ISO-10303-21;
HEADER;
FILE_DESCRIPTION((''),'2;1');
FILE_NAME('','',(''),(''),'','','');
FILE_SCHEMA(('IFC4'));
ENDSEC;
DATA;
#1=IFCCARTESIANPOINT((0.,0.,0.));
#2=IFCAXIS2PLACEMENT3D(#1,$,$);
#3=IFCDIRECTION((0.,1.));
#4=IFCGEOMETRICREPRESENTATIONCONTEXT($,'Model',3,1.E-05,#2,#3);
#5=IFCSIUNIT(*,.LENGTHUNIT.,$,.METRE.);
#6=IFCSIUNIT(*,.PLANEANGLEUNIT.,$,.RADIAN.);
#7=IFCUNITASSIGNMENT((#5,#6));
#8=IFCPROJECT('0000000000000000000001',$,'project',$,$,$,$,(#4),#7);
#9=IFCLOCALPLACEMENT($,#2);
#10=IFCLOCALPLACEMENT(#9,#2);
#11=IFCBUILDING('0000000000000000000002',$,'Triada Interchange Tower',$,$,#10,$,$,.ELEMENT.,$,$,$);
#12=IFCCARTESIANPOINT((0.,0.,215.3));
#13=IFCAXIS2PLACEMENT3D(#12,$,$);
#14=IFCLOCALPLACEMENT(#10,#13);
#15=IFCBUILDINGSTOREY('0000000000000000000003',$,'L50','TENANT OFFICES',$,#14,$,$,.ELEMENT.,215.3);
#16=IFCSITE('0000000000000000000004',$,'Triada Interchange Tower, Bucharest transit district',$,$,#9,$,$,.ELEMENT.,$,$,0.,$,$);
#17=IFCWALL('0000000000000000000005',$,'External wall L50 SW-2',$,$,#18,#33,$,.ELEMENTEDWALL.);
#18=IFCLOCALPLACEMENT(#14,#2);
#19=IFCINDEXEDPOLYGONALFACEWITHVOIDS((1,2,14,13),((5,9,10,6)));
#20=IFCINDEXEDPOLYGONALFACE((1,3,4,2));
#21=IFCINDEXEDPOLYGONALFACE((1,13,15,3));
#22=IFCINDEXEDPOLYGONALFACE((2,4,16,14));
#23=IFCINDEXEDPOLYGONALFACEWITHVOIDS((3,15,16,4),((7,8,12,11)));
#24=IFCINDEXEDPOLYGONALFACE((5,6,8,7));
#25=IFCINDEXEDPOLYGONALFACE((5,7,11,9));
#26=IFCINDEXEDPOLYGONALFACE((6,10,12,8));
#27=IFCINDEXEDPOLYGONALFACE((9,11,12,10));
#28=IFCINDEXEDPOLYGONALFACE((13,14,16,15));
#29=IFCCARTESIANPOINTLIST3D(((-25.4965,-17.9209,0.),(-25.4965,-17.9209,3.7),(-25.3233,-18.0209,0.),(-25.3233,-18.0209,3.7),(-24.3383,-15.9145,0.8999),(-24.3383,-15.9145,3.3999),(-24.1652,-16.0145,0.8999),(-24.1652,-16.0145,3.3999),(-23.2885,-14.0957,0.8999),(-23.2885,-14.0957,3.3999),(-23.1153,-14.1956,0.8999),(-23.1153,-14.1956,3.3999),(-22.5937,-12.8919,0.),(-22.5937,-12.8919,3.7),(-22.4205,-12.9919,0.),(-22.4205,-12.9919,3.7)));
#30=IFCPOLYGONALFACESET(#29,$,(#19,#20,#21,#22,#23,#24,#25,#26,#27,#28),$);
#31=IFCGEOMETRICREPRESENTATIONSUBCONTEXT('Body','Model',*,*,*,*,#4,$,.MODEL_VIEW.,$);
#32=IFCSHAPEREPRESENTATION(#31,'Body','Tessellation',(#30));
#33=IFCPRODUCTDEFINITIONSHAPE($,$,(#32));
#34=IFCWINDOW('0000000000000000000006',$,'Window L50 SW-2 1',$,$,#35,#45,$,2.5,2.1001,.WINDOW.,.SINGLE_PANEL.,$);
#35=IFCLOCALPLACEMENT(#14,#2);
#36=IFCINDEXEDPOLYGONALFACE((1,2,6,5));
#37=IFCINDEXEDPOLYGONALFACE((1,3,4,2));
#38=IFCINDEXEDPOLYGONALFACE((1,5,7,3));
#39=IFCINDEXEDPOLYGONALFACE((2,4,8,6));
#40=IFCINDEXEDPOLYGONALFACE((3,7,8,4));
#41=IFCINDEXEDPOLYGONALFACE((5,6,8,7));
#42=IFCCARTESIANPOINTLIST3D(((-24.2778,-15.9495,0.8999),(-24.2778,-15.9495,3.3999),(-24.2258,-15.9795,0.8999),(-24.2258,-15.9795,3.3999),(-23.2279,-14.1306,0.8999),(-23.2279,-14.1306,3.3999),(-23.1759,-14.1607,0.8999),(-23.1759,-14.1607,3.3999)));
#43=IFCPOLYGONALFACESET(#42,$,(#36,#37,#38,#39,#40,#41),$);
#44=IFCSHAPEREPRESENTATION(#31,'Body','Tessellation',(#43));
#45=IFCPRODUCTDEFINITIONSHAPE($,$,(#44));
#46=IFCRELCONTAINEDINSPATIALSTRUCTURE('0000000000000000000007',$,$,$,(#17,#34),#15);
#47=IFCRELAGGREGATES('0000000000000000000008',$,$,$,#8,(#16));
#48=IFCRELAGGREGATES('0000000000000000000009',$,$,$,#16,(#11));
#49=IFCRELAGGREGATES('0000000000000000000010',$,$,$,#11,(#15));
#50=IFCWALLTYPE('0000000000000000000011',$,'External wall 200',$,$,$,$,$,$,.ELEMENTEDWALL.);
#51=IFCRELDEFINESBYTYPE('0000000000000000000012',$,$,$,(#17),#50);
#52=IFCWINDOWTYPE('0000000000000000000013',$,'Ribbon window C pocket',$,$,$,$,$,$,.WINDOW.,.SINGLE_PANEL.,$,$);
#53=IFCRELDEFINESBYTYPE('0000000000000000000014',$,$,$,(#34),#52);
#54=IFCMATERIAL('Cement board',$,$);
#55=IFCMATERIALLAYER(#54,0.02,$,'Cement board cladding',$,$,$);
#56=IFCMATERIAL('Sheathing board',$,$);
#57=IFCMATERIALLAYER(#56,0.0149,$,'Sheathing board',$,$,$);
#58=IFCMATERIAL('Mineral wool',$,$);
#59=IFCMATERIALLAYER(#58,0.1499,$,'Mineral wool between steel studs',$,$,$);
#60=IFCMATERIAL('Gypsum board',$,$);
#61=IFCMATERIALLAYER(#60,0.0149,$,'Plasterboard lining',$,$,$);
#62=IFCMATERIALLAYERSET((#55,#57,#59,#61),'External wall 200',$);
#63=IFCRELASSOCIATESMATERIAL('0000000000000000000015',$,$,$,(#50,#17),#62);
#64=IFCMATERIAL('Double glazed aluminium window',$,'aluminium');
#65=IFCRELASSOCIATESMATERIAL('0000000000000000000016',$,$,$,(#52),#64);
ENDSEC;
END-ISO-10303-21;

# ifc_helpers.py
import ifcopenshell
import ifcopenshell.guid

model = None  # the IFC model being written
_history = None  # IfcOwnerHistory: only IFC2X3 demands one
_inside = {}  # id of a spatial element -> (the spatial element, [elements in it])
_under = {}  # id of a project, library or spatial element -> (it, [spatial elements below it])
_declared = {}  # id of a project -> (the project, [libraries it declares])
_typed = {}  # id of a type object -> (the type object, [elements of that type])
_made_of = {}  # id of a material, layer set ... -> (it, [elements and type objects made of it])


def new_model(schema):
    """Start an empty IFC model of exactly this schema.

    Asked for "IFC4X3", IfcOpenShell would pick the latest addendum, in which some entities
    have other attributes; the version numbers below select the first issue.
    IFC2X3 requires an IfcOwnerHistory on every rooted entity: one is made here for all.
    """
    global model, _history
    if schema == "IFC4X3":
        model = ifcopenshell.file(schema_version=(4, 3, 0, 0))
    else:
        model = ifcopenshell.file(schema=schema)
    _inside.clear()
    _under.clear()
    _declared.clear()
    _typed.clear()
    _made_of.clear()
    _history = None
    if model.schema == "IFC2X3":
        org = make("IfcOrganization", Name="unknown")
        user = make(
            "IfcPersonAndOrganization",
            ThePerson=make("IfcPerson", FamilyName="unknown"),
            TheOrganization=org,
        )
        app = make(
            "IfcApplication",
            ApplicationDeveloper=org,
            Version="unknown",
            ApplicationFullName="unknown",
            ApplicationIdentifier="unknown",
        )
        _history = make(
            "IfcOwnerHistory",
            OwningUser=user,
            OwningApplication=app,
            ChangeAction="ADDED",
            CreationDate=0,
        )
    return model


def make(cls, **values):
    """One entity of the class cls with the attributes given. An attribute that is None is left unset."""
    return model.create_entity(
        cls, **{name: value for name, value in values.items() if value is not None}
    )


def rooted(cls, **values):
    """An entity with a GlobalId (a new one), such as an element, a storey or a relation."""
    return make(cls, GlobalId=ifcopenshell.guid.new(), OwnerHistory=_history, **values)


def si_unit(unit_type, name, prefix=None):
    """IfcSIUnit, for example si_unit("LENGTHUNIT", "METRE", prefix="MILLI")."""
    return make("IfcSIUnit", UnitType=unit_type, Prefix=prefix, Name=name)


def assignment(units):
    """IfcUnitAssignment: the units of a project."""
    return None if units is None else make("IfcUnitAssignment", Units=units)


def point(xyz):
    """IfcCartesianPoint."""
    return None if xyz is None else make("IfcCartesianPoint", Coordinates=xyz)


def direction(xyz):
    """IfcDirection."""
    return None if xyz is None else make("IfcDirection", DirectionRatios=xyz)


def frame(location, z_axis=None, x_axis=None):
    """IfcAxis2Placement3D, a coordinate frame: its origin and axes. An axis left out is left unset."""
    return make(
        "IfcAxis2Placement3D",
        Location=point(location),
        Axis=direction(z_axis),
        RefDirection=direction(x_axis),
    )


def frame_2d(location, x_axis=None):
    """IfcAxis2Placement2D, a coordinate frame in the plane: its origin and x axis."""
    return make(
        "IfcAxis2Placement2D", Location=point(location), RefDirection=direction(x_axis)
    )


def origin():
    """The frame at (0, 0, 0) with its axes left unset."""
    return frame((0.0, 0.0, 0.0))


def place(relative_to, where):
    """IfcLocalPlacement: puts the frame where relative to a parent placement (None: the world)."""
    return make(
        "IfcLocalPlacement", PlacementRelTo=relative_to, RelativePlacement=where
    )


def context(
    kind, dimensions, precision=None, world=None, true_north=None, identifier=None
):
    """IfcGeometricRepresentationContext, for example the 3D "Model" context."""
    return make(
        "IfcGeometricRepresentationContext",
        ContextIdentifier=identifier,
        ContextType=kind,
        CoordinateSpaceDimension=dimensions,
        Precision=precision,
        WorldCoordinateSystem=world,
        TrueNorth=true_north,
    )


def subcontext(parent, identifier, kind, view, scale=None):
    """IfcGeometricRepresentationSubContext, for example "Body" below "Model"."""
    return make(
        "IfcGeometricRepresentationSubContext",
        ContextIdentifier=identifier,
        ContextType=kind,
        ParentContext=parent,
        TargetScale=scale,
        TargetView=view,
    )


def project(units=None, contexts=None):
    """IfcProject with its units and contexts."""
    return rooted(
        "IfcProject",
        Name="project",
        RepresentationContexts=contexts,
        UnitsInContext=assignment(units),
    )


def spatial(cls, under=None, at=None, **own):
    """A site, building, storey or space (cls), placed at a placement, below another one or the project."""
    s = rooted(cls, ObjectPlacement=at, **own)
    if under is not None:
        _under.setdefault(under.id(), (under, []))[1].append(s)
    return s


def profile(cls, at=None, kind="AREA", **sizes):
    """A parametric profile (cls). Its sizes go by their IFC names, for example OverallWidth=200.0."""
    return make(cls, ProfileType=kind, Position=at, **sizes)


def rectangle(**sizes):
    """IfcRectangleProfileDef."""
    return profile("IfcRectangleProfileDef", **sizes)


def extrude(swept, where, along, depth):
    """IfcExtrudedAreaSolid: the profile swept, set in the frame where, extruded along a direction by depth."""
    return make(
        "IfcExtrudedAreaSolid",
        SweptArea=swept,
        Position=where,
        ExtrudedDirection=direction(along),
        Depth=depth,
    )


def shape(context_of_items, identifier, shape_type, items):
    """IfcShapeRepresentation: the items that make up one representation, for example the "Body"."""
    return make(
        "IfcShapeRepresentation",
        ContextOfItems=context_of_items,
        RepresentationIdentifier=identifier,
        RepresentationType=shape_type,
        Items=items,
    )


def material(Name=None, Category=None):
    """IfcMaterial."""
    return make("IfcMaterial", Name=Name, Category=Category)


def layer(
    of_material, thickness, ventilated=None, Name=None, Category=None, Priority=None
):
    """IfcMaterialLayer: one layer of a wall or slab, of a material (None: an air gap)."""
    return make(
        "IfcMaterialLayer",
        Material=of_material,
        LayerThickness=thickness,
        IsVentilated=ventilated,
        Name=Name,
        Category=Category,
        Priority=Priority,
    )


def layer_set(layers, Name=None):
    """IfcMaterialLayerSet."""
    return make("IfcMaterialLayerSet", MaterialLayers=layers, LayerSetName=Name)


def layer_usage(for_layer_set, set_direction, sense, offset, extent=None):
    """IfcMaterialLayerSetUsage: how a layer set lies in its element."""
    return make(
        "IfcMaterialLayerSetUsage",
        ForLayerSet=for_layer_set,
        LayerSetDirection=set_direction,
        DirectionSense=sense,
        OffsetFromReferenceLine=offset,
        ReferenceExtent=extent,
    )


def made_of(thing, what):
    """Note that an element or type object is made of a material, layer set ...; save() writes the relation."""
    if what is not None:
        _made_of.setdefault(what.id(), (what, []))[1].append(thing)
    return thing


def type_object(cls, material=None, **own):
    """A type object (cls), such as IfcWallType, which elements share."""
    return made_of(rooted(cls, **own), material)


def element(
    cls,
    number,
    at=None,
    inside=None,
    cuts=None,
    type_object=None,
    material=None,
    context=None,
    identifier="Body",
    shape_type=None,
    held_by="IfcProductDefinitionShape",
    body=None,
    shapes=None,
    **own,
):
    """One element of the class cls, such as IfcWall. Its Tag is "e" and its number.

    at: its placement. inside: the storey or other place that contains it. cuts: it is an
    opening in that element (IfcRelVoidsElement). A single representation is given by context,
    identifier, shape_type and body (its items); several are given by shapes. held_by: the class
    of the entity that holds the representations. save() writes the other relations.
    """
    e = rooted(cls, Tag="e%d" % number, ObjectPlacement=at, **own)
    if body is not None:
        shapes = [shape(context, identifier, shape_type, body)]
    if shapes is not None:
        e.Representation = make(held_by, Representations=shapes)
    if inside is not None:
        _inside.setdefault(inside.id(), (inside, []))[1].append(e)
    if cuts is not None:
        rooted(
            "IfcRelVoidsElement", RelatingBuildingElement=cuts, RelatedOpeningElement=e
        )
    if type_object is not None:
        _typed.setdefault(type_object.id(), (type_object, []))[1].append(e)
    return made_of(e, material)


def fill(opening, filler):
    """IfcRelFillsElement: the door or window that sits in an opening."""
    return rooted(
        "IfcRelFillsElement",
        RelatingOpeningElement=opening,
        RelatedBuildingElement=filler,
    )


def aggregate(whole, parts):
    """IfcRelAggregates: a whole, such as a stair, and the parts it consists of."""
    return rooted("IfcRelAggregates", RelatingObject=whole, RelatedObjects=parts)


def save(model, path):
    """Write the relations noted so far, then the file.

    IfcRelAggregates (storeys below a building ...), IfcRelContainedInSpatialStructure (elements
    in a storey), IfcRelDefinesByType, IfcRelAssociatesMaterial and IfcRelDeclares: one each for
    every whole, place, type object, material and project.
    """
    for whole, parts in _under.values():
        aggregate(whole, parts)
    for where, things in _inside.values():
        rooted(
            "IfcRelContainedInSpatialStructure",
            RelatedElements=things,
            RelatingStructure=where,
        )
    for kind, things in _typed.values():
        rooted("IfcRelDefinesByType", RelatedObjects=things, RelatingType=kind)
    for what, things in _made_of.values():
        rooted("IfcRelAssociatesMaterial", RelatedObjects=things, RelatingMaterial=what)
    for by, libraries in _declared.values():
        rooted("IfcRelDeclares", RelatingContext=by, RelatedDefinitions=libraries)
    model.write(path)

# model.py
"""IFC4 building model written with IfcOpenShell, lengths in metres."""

from ifc_helpers import new_model, si_unit, direction, frame, frame_2d, origin, place, context, subcontext, project, spatial, rectangle, extrude, material, layer, layer_set, layer_usage, type_object, element, fill, save


model = new_model("IFC4")

# Units and contexts
model_context = context("Model", 3, precision=1e-05, world=origin(), true_north=direction((0.0, 1.0)))
body_context = subcontext(model_context, "Body", "Model", "MODEL_VIEW")
ifc_project = project(units=[si_unit("LENGTHUNIT", "METRE"), si_unit("PLANEANGLEUNIT", "RADIAN")], contexts=[model_context])

# Site, building, storey
site_placement = place(None, origin())
site = spatial("IfcSite", under=ifc_project, at=site_placement, Name="Triada Interchange Tower, Bucharest transit district", CompositionType="ELEMENT", RefElevation=0.0)
building_placement = place(site_placement, origin())
building = spatial("IfcBuilding", under=site, at=building_placement, Name="Triada Interchange Tower", CompositionType="ELEMENT")
storey_placement = place(building_placement, frame((0.0, 0.0, 215.3)))
storey = spatial("IfcBuildingStorey", under=building, at=storey_placement, Name="L50", Description="TENANT OFFICES", CompositionType="ELEMENT", Elevation=215.3)

# Wall, opening, window
ifc_material_1 = material(Name="Cement board")
ifc_layer_1 = layer(ifc_material_1, 0.02, Name="Cement board cladding")
ifc_material_2 = material(Name="Sheathing board")
ifc_layer_2 = layer(ifc_material_2, 0.0149, Name="Sheathing board")
ifc_material_3 = material(Name="Mineral wool")
ifc_layer_3 = layer(ifc_material_3, 0.1499, Name="Mineral wool between steel studs")
ifc_material_4 = material(Name="Gypsum board")
ifc_layer_4 = layer(ifc_material_4, 0.0149, Name="Plasterboard lining")
ifc_layer_set_1 = layer_set([ifc_layer_1, ifc_layer_2, ifc_layer_3, ifc_layer_4], Name="External wall 200")
ifc_layer_usage = layer_usage(ifc_layer_set_1, "AXIS2", "POSITIVE", -0.1001)
wall_type_1 = type_object("IfcWallType", Name="External wall 200", PredefinedType="ELEMENTEDWALL", material=ifc_layer_set_1)
ifc_material_5 = material(Name="Double glazed aluminium window", Category="aluminium")
window_type_1 = type_object("IfcWindowType", Name="Ribbon window C pocket", PartitioningType="SINGLE_PANEL", PredefinedType="WINDOW", material=ifc_material_5)
wall_1_placement = place(storey_placement, frame((-22.5071, -12.9419, 0.0), z_axis=(0.0, 0.0, 1.0), x_axis=(-0.49991, -0.866077, 0.0)))
wall_1 = element("IfcWall", 1, at=wall_1_placement, inside=storey, type_object=wall_type_1, material=ifc_layer_usage, Name="External wall L50 SW-2", PredefinedType="ELEMENTEDWALL", context=body_context, shape_type="SweptSolid", body=[
    extrude(rectangle(XDim=5.8066, YDim=0.2, at=frame_2d((2.9033, 0.0))), origin(), (0.0, 0.0, 1.0), 3.7),
])
opening_1_placement = place(wall_1_placement, frame((1.3899, 0.0, 0.8999)))
opening_1 = element("IfcOpeningElement", 2, at=opening_1_placement, cuts=wall_1, PredefinedType="OPENING", context=body_context, shape_type="SweptSolid", body=[
    extrude(rectangle(XDim=2.1001, YDim=2.5, at=frame_2d((1.05, 1.25))), frame((0.0, 0.1099, 0.0), z_axis=(0.0, -1.0, 0.0), x_axis=(1.0, 0.0, 0.0)), (0.0, 0.0, 1.0), 0.22),
])
window_1_placement = place(opening_1_placement, origin())
window_1 = element("IfcWindow", 3, at=window_1_placement, inside=storey, type_object=window_type_1, Name="Window L50 SW-2 1", OverallHeight=2.5, OverallWidth=2.1001, PartitioningType="SINGLE_PANEL", PredefinedType="WINDOW", context=body_context, shape_type="SweptSolid", body=[
    extrude(rectangle(XDim=2.1001, YDim=2.5, at=frame_2d((1.05, 1.25))), frame((0.0, 0.03, 0.0), z_axis=(0.0, -1.0, 0.0), x_axis=(1.0, 0.0, 0.0)), (0.0, 0.0, 1.0), 0.0601),
])
fill(opening_1, window_1)

save(model, "model.ifc")
